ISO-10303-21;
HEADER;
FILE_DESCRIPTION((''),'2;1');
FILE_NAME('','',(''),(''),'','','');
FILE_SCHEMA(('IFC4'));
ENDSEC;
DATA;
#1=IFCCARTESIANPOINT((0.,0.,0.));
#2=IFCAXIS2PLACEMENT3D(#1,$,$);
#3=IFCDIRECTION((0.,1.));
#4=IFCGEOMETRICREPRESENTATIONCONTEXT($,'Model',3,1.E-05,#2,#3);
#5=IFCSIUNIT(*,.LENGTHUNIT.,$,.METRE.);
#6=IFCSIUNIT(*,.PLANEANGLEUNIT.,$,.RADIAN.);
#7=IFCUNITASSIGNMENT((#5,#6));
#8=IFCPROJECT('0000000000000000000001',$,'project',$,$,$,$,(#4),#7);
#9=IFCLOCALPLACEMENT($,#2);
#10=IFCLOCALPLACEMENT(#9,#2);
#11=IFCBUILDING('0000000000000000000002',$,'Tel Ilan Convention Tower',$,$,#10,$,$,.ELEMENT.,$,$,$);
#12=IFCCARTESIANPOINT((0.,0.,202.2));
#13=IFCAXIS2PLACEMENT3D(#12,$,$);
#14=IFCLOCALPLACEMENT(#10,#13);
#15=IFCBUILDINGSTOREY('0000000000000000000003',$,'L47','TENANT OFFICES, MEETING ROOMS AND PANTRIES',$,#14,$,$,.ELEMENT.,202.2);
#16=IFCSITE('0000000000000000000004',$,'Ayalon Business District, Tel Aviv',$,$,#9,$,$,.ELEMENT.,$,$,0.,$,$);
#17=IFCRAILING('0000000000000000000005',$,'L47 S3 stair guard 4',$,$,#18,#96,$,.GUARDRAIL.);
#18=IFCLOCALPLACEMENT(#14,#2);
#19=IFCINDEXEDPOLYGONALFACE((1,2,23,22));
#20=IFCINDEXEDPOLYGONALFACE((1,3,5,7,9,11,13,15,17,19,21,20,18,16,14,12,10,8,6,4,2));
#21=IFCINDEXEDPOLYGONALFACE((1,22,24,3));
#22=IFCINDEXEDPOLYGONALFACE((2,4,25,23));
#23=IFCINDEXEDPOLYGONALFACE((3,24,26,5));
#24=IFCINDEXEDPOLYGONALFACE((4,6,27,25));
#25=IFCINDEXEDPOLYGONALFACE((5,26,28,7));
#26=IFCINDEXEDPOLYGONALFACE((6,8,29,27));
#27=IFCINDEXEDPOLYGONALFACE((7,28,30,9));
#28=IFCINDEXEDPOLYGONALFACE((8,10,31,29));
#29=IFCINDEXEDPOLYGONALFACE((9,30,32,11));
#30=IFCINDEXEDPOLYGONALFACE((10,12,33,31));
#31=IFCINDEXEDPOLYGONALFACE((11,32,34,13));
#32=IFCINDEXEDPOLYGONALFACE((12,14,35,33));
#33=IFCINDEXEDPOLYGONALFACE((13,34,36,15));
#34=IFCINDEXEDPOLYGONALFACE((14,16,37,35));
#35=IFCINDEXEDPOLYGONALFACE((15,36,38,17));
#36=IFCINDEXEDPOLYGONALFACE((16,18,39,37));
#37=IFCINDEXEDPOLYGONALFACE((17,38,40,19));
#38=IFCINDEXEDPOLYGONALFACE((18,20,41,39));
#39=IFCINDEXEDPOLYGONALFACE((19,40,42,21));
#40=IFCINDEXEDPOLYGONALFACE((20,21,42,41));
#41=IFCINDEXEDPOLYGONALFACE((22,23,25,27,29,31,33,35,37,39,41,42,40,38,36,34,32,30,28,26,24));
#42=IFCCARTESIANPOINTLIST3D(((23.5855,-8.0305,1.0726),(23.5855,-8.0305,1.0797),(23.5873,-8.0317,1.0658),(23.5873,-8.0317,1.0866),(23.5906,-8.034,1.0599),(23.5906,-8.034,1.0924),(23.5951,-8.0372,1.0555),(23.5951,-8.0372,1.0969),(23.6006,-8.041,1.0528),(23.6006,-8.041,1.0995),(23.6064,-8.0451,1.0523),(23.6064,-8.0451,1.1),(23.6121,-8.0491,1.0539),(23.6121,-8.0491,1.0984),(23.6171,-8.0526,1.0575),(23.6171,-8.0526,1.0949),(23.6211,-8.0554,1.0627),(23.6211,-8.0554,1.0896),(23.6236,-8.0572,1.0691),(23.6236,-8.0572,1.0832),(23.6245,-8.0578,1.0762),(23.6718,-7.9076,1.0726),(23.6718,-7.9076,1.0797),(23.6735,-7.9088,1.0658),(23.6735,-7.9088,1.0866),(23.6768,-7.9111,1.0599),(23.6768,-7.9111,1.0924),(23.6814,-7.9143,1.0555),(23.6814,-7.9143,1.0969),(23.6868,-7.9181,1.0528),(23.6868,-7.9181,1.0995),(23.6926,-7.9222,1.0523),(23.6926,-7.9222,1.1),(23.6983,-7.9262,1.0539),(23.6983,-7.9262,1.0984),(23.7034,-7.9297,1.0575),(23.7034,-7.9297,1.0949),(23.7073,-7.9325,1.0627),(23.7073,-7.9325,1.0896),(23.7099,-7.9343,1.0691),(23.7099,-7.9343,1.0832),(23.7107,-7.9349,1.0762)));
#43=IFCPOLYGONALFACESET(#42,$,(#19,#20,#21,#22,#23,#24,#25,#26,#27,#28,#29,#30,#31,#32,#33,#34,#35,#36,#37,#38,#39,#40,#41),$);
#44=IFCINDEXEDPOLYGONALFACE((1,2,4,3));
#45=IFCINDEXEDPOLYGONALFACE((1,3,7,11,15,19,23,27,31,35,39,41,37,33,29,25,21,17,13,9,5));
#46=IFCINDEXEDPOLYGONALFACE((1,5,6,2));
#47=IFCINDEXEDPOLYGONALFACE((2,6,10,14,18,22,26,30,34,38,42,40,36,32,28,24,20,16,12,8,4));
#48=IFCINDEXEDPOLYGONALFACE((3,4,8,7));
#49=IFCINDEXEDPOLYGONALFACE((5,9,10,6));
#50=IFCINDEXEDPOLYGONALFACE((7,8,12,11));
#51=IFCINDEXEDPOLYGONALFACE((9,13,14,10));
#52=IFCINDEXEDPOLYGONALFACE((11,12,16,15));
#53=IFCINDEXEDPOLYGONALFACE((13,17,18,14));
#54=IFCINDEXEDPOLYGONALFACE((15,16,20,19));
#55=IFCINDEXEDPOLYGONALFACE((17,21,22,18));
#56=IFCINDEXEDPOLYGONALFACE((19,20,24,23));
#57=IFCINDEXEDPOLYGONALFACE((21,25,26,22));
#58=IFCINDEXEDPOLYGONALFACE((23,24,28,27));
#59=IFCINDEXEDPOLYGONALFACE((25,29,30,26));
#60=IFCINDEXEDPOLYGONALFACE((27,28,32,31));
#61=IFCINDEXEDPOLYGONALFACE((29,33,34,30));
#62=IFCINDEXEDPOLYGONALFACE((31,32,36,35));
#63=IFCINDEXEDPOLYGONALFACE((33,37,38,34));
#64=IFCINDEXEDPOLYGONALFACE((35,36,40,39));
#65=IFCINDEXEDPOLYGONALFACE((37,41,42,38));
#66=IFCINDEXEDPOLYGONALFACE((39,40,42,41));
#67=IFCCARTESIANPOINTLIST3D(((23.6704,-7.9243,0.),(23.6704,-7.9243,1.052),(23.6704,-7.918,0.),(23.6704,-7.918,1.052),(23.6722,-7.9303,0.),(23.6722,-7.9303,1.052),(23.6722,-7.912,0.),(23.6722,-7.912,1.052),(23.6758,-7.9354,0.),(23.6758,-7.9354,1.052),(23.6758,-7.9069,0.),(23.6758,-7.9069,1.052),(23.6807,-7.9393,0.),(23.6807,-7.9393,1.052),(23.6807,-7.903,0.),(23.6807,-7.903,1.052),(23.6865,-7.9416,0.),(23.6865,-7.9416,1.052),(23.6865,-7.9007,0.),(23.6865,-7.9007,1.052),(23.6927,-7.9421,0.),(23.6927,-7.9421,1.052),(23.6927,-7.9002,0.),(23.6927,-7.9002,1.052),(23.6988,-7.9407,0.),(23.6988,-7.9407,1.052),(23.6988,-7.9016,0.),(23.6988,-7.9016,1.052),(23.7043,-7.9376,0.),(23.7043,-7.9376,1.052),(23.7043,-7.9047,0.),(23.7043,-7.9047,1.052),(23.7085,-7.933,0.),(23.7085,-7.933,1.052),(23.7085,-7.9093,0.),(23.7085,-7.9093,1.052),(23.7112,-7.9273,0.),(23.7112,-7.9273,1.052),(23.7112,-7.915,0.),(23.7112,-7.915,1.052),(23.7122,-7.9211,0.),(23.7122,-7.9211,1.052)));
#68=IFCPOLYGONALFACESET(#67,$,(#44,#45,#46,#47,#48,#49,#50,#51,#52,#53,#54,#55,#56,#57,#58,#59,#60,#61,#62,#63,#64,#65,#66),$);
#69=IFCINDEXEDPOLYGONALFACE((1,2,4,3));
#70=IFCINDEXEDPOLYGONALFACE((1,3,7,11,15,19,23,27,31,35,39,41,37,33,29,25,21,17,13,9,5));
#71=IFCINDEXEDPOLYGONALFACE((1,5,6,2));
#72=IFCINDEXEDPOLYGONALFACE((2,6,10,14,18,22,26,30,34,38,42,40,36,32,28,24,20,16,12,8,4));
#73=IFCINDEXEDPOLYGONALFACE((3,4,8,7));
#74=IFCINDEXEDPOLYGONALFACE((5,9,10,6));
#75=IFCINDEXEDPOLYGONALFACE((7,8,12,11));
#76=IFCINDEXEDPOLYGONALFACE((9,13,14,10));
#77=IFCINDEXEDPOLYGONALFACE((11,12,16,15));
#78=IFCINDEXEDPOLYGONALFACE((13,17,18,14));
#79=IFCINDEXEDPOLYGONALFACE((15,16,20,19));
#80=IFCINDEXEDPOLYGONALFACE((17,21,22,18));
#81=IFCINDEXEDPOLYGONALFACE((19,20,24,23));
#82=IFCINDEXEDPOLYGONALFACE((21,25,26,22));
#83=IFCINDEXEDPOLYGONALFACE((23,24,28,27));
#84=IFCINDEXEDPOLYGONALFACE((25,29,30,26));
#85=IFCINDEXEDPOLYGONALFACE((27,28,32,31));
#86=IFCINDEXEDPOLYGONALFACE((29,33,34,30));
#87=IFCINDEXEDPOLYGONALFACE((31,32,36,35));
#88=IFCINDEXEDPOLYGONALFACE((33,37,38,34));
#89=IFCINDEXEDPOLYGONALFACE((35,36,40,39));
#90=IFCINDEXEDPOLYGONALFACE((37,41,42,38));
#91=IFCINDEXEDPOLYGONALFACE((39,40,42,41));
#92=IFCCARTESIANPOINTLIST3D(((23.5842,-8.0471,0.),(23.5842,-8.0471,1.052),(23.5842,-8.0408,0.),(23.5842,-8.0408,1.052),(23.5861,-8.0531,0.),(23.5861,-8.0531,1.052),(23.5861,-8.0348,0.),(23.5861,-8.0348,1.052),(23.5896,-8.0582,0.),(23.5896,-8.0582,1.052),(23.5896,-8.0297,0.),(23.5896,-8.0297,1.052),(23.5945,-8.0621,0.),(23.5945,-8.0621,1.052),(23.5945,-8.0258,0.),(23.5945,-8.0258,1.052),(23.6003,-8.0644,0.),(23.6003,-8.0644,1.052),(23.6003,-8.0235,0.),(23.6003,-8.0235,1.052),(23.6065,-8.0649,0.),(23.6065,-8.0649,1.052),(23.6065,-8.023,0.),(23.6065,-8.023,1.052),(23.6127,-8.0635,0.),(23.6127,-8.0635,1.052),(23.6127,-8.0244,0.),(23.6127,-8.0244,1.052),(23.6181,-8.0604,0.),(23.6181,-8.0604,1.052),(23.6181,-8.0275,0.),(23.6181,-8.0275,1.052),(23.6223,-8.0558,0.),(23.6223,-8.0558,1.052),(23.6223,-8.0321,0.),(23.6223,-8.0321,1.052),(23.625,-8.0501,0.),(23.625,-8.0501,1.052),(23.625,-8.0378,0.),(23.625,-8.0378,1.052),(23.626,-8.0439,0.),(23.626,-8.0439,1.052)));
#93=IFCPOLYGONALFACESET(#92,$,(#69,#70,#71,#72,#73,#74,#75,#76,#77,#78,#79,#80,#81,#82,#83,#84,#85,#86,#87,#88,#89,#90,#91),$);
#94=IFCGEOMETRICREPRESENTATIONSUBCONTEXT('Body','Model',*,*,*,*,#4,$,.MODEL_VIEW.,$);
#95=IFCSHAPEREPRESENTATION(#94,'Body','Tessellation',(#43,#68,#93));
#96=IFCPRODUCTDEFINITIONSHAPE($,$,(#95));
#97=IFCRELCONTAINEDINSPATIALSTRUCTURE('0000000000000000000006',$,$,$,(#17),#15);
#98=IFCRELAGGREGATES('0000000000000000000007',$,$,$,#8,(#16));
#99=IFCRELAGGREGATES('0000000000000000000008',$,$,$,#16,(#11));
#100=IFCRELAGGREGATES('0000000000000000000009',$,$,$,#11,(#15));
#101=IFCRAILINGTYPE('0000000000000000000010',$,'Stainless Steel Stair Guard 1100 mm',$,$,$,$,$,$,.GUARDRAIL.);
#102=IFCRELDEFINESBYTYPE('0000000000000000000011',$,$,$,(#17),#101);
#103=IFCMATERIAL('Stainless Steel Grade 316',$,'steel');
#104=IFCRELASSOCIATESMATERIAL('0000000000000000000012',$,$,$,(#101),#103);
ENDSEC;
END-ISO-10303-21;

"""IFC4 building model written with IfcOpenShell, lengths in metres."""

from ifc_helpers import new_model, si_unit, direction, frame, origin, origin_2d, place, context, subcontext, project, spatial, circle, extrude, material, type_object, element, save


model = new_model("IFC4")

# Units and contexts
model_context = context("Model", 3, precision=1e-05, world=origin(), true_north=direction((0.0, 1.0)))
body_context = subcontext(model_context, "Body", "Model", "MODEL_VIEW")
ifc_project = project(units=[si_unit("LENGTHUNIT", "METRE"), si_unit("PLANEANGLEUNIT", "RADIAN")], contexts=[model_context])

# Site, building, storey
site_placement = place(None, origin())
site = spatial("IfcSite", under=ifc_project, at=site_placement, Name="Ayalon Business District, Tel Aviv", CompositionType="ELEMENT", RefElevation=0.0)
building_placement = place(site_placement, origin())
building = spatial("IfcBuilding", under=site, at=building_placement, Name="Tel Ilan Convention Tower", CompositionType="ELEMENT")
storey_placement = place(building_placement, frame((0.0, 0.0, 202.2)))
storey = spatial("IfcBuildingStorey", under=building, at=storey_placement, Name="L47", Description="TENANT OFFICES, MEETING ROOMS AND PANTRIES", CompositionType="ELEMENT", Elevation=202.2)

# Railing
ifc_material_1 = material(Name="Stainless Steel Grade 316", Category="steel")
railing_type_1 = type_object("IfcRailingType", Name="Stainless Steel Stair Guard 1100 mm", PredefinedType="GUARDRAIL", material=ifc_material_1)
railing_1_placement = place(storey_placement, frame((23.6912, -7.9211, 0.0)))
element("IfcRailing", 1, at=railing_1_placement, inside=storey, type_object=railing_type_1, Name="L47 S3 stair guard 4", PredefinedType="GUARDRAIL", context=body_context, shape_type="SweptSolid", body=[
    extrude(circle(Radius=0.0239, at=origin_2d()), frame((0.0, 0.0, 1.0762), z_axis=(-0.574445, -0.818543, 0.0), x_axis=(0.818543, -0.574445, 0.0)), (0.0, 0.0, 1.0), 0.1501),
    extrude(circle(Radius=0.021, at=origin_2d()), origin(), (0.0, 0.0, 1.0), 1.052),
    extrude(circle(Radius=0.021, at=origin_2d()), frame((-0.0862, -0.1228, 0.0)), (0.0, 0.0, 1.0), 1.052),
])

save(model, "model.ifc")
